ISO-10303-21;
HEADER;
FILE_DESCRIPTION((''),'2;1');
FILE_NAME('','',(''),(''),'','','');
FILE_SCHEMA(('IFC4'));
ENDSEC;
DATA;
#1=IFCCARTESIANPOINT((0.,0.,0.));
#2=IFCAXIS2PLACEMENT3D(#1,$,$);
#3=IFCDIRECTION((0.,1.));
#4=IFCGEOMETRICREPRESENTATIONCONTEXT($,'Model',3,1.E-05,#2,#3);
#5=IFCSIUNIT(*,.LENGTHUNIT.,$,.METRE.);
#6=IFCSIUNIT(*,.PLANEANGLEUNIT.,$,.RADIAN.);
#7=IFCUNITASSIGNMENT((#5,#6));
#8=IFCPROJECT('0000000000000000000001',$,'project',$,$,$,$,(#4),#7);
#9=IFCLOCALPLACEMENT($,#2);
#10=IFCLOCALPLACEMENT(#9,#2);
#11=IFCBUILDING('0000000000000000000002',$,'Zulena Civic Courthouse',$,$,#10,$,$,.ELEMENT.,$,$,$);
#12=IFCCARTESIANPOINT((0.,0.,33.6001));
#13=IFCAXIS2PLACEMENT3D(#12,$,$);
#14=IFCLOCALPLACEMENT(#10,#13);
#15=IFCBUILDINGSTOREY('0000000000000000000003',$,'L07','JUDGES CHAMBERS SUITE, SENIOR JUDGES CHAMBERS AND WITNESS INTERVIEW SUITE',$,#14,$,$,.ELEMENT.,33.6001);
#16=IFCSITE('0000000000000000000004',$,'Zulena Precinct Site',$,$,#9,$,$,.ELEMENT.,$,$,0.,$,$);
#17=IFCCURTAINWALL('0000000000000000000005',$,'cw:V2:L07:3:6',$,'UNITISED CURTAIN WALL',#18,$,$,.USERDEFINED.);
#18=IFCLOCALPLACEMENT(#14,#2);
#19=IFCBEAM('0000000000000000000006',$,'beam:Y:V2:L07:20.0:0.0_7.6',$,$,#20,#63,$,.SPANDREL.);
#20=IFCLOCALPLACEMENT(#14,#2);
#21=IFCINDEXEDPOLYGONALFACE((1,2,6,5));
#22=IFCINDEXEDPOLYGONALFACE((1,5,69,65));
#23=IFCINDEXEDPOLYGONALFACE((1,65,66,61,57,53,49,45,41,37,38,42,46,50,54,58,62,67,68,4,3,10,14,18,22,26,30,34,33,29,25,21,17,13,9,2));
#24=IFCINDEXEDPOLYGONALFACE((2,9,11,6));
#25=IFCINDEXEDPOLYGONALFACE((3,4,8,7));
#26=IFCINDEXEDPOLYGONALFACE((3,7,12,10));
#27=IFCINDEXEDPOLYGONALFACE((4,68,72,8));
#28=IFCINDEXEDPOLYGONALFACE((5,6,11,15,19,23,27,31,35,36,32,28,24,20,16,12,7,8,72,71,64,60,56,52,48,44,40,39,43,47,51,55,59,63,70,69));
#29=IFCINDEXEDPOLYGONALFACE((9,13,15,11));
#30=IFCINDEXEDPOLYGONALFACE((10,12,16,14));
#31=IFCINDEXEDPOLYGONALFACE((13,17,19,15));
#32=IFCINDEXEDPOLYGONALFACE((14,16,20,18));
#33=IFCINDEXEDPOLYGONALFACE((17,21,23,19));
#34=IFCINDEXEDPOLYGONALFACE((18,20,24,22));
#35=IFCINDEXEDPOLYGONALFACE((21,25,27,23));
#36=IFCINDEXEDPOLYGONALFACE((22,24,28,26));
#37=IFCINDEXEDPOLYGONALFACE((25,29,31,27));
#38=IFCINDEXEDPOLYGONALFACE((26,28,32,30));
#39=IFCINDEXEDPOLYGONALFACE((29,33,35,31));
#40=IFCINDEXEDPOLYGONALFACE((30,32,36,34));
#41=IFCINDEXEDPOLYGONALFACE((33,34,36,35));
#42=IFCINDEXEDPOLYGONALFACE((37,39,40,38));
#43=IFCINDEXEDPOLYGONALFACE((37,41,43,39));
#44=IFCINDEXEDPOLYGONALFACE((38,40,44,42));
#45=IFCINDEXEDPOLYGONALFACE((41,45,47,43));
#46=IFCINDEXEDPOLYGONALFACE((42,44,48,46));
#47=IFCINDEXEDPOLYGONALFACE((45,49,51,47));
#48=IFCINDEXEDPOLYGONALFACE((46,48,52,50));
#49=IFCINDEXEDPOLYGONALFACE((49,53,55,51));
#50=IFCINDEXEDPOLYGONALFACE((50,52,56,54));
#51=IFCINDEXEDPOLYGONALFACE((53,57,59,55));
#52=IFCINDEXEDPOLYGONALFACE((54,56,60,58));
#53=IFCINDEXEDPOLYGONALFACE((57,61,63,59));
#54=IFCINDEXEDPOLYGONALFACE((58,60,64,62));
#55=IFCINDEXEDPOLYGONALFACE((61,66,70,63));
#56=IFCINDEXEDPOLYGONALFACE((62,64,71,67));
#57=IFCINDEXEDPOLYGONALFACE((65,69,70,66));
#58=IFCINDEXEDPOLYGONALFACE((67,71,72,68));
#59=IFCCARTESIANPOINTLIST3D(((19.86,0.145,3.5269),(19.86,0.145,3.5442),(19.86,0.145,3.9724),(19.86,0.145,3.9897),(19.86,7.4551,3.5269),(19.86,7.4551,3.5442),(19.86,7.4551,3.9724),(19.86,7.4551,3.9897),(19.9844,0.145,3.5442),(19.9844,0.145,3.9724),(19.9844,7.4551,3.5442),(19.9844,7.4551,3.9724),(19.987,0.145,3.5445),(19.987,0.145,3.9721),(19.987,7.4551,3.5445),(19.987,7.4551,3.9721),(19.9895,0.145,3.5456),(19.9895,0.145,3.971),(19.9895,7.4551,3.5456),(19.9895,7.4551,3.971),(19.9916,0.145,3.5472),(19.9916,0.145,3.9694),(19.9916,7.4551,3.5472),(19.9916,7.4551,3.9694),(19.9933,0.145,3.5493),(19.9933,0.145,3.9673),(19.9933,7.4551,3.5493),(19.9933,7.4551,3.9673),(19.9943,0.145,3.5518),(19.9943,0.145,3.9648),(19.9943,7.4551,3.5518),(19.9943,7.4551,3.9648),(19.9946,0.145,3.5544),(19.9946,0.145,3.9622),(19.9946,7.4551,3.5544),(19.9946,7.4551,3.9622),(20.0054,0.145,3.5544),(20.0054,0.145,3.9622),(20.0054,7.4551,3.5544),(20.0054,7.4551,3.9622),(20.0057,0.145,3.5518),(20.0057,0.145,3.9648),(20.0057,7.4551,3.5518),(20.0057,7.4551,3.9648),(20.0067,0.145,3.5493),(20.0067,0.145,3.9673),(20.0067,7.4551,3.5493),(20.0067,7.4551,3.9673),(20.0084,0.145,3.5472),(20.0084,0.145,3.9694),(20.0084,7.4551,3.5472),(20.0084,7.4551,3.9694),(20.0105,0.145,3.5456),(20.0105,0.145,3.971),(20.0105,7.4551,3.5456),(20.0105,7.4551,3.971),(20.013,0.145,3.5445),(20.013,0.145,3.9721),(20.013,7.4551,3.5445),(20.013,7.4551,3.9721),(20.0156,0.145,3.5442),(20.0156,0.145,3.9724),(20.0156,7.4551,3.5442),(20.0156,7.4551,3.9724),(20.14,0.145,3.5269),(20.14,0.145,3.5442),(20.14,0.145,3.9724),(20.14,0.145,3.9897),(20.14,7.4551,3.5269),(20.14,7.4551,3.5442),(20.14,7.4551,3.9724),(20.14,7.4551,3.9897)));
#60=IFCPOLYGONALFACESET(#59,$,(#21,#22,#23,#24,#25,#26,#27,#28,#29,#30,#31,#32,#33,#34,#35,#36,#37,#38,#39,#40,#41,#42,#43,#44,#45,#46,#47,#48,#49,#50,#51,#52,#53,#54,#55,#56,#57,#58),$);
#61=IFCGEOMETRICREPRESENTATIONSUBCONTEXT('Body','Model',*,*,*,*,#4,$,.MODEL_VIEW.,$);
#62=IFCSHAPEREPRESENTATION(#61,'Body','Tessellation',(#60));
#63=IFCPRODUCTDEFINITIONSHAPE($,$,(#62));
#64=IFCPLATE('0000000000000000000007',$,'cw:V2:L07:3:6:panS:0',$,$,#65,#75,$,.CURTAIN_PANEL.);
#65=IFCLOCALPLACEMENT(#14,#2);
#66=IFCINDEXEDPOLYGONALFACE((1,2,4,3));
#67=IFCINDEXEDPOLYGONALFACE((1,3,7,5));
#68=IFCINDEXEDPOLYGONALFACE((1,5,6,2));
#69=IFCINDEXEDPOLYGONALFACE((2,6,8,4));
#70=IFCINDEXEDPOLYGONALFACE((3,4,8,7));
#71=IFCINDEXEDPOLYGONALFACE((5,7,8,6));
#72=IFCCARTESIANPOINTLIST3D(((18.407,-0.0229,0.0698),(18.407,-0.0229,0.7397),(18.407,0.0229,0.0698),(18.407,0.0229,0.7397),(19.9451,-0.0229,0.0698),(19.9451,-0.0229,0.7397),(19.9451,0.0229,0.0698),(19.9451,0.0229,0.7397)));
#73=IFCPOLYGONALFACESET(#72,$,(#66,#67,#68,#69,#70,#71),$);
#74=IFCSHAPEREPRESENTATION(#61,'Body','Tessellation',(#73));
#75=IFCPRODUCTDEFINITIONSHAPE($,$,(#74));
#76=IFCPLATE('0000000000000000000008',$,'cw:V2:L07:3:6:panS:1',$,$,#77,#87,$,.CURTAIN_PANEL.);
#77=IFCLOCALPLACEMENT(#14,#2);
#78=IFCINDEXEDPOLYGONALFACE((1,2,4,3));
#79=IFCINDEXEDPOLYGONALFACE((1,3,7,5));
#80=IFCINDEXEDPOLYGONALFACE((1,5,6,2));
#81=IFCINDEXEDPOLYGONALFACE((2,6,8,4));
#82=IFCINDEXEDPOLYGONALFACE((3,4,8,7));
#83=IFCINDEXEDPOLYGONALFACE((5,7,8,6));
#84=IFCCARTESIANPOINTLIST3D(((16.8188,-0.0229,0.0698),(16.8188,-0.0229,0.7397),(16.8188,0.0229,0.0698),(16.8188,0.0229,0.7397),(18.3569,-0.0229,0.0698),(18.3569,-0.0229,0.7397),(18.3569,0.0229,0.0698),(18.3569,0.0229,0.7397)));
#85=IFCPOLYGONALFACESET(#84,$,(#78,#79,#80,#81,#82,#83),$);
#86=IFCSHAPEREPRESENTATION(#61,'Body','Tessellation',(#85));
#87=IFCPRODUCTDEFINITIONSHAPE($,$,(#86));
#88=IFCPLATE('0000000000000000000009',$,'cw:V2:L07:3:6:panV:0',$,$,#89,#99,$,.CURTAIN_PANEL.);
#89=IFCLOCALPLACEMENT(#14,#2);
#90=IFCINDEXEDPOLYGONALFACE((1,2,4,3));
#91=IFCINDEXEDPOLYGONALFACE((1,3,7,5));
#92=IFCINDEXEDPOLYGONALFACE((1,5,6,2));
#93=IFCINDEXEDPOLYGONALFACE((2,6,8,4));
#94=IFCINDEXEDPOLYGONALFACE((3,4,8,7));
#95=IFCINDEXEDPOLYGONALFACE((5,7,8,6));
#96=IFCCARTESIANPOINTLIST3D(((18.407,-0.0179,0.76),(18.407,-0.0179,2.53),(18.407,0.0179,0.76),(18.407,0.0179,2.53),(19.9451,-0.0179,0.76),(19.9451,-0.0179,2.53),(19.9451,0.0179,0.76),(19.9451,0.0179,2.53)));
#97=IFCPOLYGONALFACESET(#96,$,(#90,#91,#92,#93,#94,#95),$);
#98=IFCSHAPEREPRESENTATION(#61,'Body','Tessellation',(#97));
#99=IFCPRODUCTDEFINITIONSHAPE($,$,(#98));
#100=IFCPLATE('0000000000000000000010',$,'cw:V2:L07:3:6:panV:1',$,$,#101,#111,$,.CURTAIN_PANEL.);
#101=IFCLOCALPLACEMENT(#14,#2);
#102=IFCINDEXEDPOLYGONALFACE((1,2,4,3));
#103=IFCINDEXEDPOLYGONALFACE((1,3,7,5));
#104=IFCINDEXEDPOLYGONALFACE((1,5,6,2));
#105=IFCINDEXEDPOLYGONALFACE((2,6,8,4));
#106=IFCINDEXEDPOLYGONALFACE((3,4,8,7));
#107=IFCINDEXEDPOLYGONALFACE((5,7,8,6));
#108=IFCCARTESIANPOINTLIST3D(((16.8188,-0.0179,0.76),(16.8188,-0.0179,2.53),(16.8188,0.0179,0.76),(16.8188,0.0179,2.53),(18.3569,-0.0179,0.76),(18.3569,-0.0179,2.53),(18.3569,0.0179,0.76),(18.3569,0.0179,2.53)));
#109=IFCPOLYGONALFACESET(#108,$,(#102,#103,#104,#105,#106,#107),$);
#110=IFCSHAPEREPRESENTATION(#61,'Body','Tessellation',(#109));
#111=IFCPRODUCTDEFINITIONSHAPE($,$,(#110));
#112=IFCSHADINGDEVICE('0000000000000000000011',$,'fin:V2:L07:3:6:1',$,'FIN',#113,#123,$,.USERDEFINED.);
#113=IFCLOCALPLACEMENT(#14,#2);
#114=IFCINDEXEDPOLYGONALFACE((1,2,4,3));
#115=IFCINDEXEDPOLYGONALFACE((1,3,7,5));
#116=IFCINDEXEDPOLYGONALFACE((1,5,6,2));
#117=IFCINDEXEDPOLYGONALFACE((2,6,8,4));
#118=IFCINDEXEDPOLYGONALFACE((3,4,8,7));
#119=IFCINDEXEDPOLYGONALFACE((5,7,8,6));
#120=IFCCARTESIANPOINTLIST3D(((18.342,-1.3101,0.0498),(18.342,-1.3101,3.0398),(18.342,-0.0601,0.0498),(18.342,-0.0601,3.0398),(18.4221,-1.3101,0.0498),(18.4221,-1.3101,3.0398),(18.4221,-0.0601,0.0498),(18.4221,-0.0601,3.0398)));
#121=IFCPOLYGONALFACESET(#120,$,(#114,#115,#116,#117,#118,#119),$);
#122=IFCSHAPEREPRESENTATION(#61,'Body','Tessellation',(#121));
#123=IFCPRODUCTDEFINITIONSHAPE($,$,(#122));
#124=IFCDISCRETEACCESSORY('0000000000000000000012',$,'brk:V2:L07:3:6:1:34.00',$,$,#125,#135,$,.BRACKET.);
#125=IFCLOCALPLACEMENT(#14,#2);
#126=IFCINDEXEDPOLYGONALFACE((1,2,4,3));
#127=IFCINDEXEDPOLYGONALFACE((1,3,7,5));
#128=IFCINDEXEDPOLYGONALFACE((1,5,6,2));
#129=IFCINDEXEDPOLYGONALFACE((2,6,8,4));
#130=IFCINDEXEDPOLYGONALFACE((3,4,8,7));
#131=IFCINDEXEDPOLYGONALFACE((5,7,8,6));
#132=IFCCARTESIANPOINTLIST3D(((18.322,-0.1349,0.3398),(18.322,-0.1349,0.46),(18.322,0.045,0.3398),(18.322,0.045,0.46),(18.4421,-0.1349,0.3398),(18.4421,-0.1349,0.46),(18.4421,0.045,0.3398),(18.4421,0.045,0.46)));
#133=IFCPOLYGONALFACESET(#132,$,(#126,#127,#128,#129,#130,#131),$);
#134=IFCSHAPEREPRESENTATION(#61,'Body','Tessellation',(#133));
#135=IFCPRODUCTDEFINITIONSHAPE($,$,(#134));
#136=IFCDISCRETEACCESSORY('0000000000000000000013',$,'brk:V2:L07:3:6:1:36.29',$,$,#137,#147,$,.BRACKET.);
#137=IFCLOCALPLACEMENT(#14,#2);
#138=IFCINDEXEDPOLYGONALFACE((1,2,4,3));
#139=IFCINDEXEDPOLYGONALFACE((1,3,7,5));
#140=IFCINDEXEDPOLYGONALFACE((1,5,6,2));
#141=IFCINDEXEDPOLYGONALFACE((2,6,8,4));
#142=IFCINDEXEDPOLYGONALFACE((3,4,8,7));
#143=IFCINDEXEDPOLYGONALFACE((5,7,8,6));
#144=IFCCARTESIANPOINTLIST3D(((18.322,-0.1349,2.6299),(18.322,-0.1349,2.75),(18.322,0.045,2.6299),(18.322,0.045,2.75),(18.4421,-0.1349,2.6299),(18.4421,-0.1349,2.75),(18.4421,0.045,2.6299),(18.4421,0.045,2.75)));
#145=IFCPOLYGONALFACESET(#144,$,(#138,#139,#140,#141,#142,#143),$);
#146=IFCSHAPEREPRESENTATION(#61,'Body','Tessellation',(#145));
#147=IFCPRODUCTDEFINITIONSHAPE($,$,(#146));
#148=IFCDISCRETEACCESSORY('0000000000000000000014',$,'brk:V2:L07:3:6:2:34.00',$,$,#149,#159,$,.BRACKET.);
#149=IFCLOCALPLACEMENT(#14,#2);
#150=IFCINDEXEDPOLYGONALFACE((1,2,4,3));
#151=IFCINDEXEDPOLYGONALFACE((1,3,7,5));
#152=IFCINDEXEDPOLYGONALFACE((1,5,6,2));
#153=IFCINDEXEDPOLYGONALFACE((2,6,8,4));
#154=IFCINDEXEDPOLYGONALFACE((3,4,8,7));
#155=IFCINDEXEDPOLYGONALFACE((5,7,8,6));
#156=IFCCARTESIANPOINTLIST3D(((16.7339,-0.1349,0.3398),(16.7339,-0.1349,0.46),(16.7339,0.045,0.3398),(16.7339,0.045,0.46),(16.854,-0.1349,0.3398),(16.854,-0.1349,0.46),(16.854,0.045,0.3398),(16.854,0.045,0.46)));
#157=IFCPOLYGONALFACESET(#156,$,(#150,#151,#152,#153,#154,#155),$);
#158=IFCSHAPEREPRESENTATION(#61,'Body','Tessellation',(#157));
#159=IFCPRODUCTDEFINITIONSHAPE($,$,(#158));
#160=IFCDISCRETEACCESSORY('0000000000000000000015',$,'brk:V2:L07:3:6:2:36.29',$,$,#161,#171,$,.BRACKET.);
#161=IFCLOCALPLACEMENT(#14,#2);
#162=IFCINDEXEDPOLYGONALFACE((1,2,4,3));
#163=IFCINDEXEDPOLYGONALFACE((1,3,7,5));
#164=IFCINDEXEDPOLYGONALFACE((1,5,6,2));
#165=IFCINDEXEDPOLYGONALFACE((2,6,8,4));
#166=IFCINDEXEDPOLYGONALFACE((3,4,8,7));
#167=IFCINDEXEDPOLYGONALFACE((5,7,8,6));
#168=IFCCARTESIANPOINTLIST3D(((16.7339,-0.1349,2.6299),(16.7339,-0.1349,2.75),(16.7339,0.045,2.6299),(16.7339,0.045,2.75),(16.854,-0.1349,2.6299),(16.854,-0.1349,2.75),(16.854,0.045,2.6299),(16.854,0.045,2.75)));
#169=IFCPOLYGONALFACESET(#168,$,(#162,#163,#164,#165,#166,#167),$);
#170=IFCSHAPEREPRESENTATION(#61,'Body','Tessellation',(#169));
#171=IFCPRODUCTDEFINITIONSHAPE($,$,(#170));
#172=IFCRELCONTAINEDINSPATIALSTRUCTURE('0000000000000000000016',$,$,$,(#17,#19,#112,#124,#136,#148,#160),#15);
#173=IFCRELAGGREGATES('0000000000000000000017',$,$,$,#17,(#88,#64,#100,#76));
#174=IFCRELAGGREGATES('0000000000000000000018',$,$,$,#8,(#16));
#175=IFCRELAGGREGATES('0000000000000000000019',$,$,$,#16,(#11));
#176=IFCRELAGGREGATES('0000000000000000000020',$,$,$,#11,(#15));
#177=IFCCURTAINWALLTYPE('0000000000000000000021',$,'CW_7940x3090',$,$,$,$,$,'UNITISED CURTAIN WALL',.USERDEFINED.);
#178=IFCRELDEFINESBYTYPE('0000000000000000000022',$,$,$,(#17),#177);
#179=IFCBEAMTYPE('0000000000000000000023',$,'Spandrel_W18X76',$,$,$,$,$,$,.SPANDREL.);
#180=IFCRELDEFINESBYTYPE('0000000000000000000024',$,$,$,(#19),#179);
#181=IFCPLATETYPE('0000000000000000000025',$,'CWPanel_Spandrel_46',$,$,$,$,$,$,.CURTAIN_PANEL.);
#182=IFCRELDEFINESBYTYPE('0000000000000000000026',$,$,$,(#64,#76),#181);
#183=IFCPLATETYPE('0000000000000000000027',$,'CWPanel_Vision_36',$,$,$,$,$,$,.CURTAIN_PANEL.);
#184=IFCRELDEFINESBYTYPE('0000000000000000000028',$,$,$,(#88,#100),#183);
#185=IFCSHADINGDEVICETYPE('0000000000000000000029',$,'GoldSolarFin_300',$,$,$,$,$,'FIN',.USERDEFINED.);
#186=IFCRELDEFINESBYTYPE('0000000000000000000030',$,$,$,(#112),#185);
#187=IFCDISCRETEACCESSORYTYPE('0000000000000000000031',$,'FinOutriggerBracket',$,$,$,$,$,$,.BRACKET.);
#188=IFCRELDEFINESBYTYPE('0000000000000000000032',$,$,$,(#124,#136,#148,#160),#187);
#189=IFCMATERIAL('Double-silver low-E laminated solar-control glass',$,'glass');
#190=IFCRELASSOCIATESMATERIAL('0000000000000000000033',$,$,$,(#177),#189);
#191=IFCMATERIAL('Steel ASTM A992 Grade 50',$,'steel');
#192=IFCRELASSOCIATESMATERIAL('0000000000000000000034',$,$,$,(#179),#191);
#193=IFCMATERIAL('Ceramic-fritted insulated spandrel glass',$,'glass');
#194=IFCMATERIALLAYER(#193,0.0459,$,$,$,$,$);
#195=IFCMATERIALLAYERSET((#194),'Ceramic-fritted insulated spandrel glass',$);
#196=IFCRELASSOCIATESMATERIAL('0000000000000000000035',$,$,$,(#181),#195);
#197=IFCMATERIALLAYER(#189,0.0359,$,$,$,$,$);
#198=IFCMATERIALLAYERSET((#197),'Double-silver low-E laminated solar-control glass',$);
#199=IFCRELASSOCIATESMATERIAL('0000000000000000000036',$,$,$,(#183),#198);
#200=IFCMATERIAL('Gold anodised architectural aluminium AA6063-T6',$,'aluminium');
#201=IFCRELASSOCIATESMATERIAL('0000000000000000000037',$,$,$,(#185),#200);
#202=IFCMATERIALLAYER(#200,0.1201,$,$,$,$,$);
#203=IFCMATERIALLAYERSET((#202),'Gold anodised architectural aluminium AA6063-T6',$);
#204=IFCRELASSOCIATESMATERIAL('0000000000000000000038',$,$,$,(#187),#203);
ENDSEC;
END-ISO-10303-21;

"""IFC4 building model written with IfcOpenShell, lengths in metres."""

from ifc_helpers import new_model, si_unit, direction, frame, origin, origin_2d, place, context, subcontext, project, spatial, rectangle, i_section, extrude, material, layer, layer_set, material_profile, profile_set, type_object, element, aggregate, save


model = new_model("IFC4")

# Units and contexts
model_context = context("Model", 3, precision=1e-05, world=origin(), true_north=direction((0.0, 1.0)))
body_context = subcontext(model_context, "Body", "Model", "MODEL_VIEW")
ifc_project = project(units=[si_unit("LENGTHUNIT", "METRE"), si_unit("PLANEANGLEUNIT", "RADIAN")], contexts=[model_context])

# Site, building, storey
site_placement = place(None, origin())
site = spatial("IfcSite", under=ifc_project, at=site_placement, Name="Zulena Precinct Site", CompositionType="ELEMENT", RefElevation=0.0)
building_placement = place(site_placement, origin())
building = spatial("IfcBuilding", under=site, at=building_placement, Name="Zulena Civic Courthouse", CompositionType="ELEMENT")
storey_placement = place(building_placement, frame((0.0, 0.0, 33.6001)))
storey = spatial("IfcBuildingStorey", under=building, at=storey_placement, Name="L07", Description="JUDGES CHAMBERS SUITE, SENIOR JUDGES CHAMBERS AND WITNESS INTERVIEW SUITE", CompositionType="ELEMENT", Elevation=33.6001)

# Shared definitions
ifc_material_1 = material(Name="Steel ASTM A992 Grade 50", Category="steel")

# Shared definitions
ifc_material_2 = material(Name="Double-silver low-E laminated solar-control glass", Category="glass")
curtain_wall_type = type_object("IfcCurtainWallType", Name="CW_7940x3090", ElementType="UNITISED CURTAIN WALL", PredefinedType="USERDEFINED", material=ifc_material_2)

# Curtain wall
curtain_wall_1_placement = place(storey_placement, origin())
curtain_wall_1 = element("IfcCurtainWall", 1, at=curtain_wall_1_placement, inside=storey, type_object=curtain_wall_type, Name="cw:V2:L07:3:6", ObjectType="UNITISED CURTAIN WALL", PredefinedType="USERDEFINED")

# Beam
ifc_material_profile_1 = material_profile(ifc_material_1, i_section(OverallWidth=0.28, OverallDepth=0.4629, WebThickness=0.0107, FlangeThickness=0.0173, FilletRadius=0.0103, at=origin_2d()), Name="W18X76")
ifc_profile_set_1 = profile_set([ifc_material_profile_1], Name="Steel ASTM A992 Grade 50")
beam_type_1 = type_object("IfcBeamType", Name="Spandrel_W18X76", PredefinedType="SPANDREL", material=ifc_profile_set_1)
beam_1_placement = place(storey_placement, frame((20.0, 0.145, 3.7583), z_axis=(0.0, 1.0, 0.0), x_axis=(-1.0, 0.0, 0.0)))
element("IfcBeam", 2, at=beam_1_placement, inside=storey, type_object=beam_type_1, Name="beam:Y:V2:L07:20.0:0.0_7.6", PredefinedType="SPANDREL", context=body_context, shape_type="SweptSolid", body=[
    extrude(i_section(OverallWidth=0.28, OverallDepth=0.4629, WebThickness=0.0107, FlangeThickness=0.0173, FilletRadius=0.0103, at=origin_2d()), origin(), (0.0, 0.0, 1.0), 7.3101),
])

# Plates
ifc_material_3 = material(Name="Ceramic-fritted insulated spandrel glass", Category="glass")
ifc_layer_1 = layer(ifc_material_3, 0.0459)
ifc_layer_set_1 = layer_set([ifc_layer_1], Name="Ceramic-fritted insulated spandrel glass")
plate_type_1 = type_object("IfcPlateType", Name="CWPanel_Spandrel_46", PredefinedType="CURTAIN_PANEL", material=ifc_layer_set_1)
plate_1_placement = place(storey_placement, frame((19.176, 0.0, 0.0698), z_axis=(0.0, 0.0, 1.0), x_axis=(-1.0, 0.0, 0.0)))
plate_1 = element("IfcPlate", 3, at=plate_1_placement, type_object=plate_type_1, Name="cw:V2:L07:3:6:panS:0", PredefinedType="CURTAIN_PANEL", context=body_context, shape_type="SweptSolid", body=[
    extrude(rectangle(XDim=1.5381, YDim=0.0459, at=origin_2d()), origin(), (0.0, 0.0, 1.0), 0.6699),
])
plate_2_placement = place(storey_placement, frame((17.5879, 0.0, 0.0698), z_axis=(0.0, 0.0, 1.0), x_axis=(-1.0, 0.0, 0.0)))
plate_2 = element("IfcPlate", 4, at=plate_2_placement, type_object=plate_type_1, Name="cw:V2:L07:3:6:panS:1", PredefinedType="CURTAIN_PANEL", context=body_context, shape_type="SweptSolid", body=[
    extrude(rectangle(XDim=1.5381, YDim=0.0459, at=origin_2d()), origin(), (0.0, 0.0, 1.0), 0.6699),
])
ifc_layer_2 = layer(ifc_material_2, 0.0359)
ifc_layer_set_2 = layer_set([ifc_layer_2], Name="Double-silver low-E laminated solar-control glass")
plate_type_2 = type_object("IfcPlateType", Name="CWPanel_Vision_36", PredefinedType="CURTAIN_PANEL", material=ifc_layer_set_2)
plate_3_placement = place(storey_placement, frame((19.176, 0.0, 0.76), z_axis=(0.0, 0.0, 1.0), x_axis=(-1.0, 0.0, 0.0)))
plate_3 = element("IfcPlate", 5, at=plate_3_placement, type_object=plate_type_2, Name="cw:V2:L07:3:6:panV:0", PredefinedType="CURTAIN_PANEL", context=body_context, shape_type="SweptSolid", body=[
    extrude(rectangle(XDim=1.5381, YDim=0.0359, at=origin_2d()), origin(), (0.0, 0.0, 1.0), 1.77),
])
plate_4_placement = place(storey_placement, frame((17.5879, 0.0, 0.76), z_axis=(0.0, 0.0, 1.0), x_axis=(-1.0, 0.0, 0.0)))
plate_4 = element("IfcPlate", 6, at=plate_4_placement, type_object=plate_type_2, Name="cw:V2:L07:3:6:panV:1", PredefinedType="CURTAIN_PANEL", context=body_context, shape_type="SweptSolid", body=[
    extrude(rectangle(XDim=1.5381, YDim=0.0359, at=origin_2d()), origin(), (0.0, 0.0, 1.0), 1.77),
])
aggregate(curtain_wall_1, [plate_3, plate_1, plate_4, plate_2])

# Shading device
ifc_material_4 = material(Name="Gold anodised architectural aluminium AA6063-T6", Category="aluminium")
shading_device_type = type_object("IfcShadingDeviceType", Name="GoldSolarFin_300", ElementType="FIN", PredefinedType="USERDEFINED", material=ifc_material_4)
shading_device_placement = place(storey_placement, frame((18.3821, -0.6851, 0.0498), z_axis=(0.0, 0.0, 1.0), x_axis=(0.0, -1.0, 0.0)))
element("IfcShadingDevice", 7, at=shading_device_placement, inside=storey, type_object=shading_device_type, Name="fin:V2:L07:3:6:1", ObjectType="FIN", PredefinedType="USERDEFINED", context=body_context, shape_type="SweptSolid", body=[
    extrude(rectangle(XDim=1.25, YDim=0.0801, at=origin_2d()), origin(), (0.0, 0.0, 1.0), 2.99),
])

# Discrete accessories
ifc_layer_3 = layer(ifc_material_4, 0.1201)
ifc_layer_set_3 = layer_set([ifc_layer_3], Name="Gold anodised architectural aluminium AA6063-T6")
discrete_accessory_type = type_object("IfcDiscreteAccessoryType", Name="FinOutriggerBracket", PredefinedType="BRACKET", material=ifc_layer_set_3)
for number, where, z_axis, x_axis, name in (
    (8, (18.3821, -0.0449, 0.3398), (0.0, 0.0, 1.0), (0.0, -1.0, 0.0), "brk:V2:L07:3:6:1:34.00"),
    (9, (18.3821, -0.0449, 2.6299), (0.0, 0.0, 1.0), (0.0, -1.0, 0.0), "brk:V2:L07:3:6:1:36.29"),
    (10, (16.7939, -0.0449, 0.3398), (0.0, 0.0, 1.0), (0.0, -1.0, 0.0), "brk:V2:L07:3:6:2:34.00"),
    (11, (16.7939, -0.0449, 2.6299), (0.0, 0.0, 1.0), (0.0, -1.0, 0.0), "brk:V2:L07:3:6:2:36.29"),
):
    element("IfcDiscreteAccessory", number, at=place(storey_placement, frame(where, z_axis=z_axis, x_axis=x_axis)), inside=storey, type_object=discrete_accessory_type, Name=name, PredefinedType="BRACKET", context=body_context, shape_type="SweptSolid", body=[
        extrude(rectangle(XDim=0.1799, YDim=0.1201, at=origin_2d()), origin(), (0.0, 0.0, 1.0), 0.1201),
    ])

save(model, "model.ifc")
